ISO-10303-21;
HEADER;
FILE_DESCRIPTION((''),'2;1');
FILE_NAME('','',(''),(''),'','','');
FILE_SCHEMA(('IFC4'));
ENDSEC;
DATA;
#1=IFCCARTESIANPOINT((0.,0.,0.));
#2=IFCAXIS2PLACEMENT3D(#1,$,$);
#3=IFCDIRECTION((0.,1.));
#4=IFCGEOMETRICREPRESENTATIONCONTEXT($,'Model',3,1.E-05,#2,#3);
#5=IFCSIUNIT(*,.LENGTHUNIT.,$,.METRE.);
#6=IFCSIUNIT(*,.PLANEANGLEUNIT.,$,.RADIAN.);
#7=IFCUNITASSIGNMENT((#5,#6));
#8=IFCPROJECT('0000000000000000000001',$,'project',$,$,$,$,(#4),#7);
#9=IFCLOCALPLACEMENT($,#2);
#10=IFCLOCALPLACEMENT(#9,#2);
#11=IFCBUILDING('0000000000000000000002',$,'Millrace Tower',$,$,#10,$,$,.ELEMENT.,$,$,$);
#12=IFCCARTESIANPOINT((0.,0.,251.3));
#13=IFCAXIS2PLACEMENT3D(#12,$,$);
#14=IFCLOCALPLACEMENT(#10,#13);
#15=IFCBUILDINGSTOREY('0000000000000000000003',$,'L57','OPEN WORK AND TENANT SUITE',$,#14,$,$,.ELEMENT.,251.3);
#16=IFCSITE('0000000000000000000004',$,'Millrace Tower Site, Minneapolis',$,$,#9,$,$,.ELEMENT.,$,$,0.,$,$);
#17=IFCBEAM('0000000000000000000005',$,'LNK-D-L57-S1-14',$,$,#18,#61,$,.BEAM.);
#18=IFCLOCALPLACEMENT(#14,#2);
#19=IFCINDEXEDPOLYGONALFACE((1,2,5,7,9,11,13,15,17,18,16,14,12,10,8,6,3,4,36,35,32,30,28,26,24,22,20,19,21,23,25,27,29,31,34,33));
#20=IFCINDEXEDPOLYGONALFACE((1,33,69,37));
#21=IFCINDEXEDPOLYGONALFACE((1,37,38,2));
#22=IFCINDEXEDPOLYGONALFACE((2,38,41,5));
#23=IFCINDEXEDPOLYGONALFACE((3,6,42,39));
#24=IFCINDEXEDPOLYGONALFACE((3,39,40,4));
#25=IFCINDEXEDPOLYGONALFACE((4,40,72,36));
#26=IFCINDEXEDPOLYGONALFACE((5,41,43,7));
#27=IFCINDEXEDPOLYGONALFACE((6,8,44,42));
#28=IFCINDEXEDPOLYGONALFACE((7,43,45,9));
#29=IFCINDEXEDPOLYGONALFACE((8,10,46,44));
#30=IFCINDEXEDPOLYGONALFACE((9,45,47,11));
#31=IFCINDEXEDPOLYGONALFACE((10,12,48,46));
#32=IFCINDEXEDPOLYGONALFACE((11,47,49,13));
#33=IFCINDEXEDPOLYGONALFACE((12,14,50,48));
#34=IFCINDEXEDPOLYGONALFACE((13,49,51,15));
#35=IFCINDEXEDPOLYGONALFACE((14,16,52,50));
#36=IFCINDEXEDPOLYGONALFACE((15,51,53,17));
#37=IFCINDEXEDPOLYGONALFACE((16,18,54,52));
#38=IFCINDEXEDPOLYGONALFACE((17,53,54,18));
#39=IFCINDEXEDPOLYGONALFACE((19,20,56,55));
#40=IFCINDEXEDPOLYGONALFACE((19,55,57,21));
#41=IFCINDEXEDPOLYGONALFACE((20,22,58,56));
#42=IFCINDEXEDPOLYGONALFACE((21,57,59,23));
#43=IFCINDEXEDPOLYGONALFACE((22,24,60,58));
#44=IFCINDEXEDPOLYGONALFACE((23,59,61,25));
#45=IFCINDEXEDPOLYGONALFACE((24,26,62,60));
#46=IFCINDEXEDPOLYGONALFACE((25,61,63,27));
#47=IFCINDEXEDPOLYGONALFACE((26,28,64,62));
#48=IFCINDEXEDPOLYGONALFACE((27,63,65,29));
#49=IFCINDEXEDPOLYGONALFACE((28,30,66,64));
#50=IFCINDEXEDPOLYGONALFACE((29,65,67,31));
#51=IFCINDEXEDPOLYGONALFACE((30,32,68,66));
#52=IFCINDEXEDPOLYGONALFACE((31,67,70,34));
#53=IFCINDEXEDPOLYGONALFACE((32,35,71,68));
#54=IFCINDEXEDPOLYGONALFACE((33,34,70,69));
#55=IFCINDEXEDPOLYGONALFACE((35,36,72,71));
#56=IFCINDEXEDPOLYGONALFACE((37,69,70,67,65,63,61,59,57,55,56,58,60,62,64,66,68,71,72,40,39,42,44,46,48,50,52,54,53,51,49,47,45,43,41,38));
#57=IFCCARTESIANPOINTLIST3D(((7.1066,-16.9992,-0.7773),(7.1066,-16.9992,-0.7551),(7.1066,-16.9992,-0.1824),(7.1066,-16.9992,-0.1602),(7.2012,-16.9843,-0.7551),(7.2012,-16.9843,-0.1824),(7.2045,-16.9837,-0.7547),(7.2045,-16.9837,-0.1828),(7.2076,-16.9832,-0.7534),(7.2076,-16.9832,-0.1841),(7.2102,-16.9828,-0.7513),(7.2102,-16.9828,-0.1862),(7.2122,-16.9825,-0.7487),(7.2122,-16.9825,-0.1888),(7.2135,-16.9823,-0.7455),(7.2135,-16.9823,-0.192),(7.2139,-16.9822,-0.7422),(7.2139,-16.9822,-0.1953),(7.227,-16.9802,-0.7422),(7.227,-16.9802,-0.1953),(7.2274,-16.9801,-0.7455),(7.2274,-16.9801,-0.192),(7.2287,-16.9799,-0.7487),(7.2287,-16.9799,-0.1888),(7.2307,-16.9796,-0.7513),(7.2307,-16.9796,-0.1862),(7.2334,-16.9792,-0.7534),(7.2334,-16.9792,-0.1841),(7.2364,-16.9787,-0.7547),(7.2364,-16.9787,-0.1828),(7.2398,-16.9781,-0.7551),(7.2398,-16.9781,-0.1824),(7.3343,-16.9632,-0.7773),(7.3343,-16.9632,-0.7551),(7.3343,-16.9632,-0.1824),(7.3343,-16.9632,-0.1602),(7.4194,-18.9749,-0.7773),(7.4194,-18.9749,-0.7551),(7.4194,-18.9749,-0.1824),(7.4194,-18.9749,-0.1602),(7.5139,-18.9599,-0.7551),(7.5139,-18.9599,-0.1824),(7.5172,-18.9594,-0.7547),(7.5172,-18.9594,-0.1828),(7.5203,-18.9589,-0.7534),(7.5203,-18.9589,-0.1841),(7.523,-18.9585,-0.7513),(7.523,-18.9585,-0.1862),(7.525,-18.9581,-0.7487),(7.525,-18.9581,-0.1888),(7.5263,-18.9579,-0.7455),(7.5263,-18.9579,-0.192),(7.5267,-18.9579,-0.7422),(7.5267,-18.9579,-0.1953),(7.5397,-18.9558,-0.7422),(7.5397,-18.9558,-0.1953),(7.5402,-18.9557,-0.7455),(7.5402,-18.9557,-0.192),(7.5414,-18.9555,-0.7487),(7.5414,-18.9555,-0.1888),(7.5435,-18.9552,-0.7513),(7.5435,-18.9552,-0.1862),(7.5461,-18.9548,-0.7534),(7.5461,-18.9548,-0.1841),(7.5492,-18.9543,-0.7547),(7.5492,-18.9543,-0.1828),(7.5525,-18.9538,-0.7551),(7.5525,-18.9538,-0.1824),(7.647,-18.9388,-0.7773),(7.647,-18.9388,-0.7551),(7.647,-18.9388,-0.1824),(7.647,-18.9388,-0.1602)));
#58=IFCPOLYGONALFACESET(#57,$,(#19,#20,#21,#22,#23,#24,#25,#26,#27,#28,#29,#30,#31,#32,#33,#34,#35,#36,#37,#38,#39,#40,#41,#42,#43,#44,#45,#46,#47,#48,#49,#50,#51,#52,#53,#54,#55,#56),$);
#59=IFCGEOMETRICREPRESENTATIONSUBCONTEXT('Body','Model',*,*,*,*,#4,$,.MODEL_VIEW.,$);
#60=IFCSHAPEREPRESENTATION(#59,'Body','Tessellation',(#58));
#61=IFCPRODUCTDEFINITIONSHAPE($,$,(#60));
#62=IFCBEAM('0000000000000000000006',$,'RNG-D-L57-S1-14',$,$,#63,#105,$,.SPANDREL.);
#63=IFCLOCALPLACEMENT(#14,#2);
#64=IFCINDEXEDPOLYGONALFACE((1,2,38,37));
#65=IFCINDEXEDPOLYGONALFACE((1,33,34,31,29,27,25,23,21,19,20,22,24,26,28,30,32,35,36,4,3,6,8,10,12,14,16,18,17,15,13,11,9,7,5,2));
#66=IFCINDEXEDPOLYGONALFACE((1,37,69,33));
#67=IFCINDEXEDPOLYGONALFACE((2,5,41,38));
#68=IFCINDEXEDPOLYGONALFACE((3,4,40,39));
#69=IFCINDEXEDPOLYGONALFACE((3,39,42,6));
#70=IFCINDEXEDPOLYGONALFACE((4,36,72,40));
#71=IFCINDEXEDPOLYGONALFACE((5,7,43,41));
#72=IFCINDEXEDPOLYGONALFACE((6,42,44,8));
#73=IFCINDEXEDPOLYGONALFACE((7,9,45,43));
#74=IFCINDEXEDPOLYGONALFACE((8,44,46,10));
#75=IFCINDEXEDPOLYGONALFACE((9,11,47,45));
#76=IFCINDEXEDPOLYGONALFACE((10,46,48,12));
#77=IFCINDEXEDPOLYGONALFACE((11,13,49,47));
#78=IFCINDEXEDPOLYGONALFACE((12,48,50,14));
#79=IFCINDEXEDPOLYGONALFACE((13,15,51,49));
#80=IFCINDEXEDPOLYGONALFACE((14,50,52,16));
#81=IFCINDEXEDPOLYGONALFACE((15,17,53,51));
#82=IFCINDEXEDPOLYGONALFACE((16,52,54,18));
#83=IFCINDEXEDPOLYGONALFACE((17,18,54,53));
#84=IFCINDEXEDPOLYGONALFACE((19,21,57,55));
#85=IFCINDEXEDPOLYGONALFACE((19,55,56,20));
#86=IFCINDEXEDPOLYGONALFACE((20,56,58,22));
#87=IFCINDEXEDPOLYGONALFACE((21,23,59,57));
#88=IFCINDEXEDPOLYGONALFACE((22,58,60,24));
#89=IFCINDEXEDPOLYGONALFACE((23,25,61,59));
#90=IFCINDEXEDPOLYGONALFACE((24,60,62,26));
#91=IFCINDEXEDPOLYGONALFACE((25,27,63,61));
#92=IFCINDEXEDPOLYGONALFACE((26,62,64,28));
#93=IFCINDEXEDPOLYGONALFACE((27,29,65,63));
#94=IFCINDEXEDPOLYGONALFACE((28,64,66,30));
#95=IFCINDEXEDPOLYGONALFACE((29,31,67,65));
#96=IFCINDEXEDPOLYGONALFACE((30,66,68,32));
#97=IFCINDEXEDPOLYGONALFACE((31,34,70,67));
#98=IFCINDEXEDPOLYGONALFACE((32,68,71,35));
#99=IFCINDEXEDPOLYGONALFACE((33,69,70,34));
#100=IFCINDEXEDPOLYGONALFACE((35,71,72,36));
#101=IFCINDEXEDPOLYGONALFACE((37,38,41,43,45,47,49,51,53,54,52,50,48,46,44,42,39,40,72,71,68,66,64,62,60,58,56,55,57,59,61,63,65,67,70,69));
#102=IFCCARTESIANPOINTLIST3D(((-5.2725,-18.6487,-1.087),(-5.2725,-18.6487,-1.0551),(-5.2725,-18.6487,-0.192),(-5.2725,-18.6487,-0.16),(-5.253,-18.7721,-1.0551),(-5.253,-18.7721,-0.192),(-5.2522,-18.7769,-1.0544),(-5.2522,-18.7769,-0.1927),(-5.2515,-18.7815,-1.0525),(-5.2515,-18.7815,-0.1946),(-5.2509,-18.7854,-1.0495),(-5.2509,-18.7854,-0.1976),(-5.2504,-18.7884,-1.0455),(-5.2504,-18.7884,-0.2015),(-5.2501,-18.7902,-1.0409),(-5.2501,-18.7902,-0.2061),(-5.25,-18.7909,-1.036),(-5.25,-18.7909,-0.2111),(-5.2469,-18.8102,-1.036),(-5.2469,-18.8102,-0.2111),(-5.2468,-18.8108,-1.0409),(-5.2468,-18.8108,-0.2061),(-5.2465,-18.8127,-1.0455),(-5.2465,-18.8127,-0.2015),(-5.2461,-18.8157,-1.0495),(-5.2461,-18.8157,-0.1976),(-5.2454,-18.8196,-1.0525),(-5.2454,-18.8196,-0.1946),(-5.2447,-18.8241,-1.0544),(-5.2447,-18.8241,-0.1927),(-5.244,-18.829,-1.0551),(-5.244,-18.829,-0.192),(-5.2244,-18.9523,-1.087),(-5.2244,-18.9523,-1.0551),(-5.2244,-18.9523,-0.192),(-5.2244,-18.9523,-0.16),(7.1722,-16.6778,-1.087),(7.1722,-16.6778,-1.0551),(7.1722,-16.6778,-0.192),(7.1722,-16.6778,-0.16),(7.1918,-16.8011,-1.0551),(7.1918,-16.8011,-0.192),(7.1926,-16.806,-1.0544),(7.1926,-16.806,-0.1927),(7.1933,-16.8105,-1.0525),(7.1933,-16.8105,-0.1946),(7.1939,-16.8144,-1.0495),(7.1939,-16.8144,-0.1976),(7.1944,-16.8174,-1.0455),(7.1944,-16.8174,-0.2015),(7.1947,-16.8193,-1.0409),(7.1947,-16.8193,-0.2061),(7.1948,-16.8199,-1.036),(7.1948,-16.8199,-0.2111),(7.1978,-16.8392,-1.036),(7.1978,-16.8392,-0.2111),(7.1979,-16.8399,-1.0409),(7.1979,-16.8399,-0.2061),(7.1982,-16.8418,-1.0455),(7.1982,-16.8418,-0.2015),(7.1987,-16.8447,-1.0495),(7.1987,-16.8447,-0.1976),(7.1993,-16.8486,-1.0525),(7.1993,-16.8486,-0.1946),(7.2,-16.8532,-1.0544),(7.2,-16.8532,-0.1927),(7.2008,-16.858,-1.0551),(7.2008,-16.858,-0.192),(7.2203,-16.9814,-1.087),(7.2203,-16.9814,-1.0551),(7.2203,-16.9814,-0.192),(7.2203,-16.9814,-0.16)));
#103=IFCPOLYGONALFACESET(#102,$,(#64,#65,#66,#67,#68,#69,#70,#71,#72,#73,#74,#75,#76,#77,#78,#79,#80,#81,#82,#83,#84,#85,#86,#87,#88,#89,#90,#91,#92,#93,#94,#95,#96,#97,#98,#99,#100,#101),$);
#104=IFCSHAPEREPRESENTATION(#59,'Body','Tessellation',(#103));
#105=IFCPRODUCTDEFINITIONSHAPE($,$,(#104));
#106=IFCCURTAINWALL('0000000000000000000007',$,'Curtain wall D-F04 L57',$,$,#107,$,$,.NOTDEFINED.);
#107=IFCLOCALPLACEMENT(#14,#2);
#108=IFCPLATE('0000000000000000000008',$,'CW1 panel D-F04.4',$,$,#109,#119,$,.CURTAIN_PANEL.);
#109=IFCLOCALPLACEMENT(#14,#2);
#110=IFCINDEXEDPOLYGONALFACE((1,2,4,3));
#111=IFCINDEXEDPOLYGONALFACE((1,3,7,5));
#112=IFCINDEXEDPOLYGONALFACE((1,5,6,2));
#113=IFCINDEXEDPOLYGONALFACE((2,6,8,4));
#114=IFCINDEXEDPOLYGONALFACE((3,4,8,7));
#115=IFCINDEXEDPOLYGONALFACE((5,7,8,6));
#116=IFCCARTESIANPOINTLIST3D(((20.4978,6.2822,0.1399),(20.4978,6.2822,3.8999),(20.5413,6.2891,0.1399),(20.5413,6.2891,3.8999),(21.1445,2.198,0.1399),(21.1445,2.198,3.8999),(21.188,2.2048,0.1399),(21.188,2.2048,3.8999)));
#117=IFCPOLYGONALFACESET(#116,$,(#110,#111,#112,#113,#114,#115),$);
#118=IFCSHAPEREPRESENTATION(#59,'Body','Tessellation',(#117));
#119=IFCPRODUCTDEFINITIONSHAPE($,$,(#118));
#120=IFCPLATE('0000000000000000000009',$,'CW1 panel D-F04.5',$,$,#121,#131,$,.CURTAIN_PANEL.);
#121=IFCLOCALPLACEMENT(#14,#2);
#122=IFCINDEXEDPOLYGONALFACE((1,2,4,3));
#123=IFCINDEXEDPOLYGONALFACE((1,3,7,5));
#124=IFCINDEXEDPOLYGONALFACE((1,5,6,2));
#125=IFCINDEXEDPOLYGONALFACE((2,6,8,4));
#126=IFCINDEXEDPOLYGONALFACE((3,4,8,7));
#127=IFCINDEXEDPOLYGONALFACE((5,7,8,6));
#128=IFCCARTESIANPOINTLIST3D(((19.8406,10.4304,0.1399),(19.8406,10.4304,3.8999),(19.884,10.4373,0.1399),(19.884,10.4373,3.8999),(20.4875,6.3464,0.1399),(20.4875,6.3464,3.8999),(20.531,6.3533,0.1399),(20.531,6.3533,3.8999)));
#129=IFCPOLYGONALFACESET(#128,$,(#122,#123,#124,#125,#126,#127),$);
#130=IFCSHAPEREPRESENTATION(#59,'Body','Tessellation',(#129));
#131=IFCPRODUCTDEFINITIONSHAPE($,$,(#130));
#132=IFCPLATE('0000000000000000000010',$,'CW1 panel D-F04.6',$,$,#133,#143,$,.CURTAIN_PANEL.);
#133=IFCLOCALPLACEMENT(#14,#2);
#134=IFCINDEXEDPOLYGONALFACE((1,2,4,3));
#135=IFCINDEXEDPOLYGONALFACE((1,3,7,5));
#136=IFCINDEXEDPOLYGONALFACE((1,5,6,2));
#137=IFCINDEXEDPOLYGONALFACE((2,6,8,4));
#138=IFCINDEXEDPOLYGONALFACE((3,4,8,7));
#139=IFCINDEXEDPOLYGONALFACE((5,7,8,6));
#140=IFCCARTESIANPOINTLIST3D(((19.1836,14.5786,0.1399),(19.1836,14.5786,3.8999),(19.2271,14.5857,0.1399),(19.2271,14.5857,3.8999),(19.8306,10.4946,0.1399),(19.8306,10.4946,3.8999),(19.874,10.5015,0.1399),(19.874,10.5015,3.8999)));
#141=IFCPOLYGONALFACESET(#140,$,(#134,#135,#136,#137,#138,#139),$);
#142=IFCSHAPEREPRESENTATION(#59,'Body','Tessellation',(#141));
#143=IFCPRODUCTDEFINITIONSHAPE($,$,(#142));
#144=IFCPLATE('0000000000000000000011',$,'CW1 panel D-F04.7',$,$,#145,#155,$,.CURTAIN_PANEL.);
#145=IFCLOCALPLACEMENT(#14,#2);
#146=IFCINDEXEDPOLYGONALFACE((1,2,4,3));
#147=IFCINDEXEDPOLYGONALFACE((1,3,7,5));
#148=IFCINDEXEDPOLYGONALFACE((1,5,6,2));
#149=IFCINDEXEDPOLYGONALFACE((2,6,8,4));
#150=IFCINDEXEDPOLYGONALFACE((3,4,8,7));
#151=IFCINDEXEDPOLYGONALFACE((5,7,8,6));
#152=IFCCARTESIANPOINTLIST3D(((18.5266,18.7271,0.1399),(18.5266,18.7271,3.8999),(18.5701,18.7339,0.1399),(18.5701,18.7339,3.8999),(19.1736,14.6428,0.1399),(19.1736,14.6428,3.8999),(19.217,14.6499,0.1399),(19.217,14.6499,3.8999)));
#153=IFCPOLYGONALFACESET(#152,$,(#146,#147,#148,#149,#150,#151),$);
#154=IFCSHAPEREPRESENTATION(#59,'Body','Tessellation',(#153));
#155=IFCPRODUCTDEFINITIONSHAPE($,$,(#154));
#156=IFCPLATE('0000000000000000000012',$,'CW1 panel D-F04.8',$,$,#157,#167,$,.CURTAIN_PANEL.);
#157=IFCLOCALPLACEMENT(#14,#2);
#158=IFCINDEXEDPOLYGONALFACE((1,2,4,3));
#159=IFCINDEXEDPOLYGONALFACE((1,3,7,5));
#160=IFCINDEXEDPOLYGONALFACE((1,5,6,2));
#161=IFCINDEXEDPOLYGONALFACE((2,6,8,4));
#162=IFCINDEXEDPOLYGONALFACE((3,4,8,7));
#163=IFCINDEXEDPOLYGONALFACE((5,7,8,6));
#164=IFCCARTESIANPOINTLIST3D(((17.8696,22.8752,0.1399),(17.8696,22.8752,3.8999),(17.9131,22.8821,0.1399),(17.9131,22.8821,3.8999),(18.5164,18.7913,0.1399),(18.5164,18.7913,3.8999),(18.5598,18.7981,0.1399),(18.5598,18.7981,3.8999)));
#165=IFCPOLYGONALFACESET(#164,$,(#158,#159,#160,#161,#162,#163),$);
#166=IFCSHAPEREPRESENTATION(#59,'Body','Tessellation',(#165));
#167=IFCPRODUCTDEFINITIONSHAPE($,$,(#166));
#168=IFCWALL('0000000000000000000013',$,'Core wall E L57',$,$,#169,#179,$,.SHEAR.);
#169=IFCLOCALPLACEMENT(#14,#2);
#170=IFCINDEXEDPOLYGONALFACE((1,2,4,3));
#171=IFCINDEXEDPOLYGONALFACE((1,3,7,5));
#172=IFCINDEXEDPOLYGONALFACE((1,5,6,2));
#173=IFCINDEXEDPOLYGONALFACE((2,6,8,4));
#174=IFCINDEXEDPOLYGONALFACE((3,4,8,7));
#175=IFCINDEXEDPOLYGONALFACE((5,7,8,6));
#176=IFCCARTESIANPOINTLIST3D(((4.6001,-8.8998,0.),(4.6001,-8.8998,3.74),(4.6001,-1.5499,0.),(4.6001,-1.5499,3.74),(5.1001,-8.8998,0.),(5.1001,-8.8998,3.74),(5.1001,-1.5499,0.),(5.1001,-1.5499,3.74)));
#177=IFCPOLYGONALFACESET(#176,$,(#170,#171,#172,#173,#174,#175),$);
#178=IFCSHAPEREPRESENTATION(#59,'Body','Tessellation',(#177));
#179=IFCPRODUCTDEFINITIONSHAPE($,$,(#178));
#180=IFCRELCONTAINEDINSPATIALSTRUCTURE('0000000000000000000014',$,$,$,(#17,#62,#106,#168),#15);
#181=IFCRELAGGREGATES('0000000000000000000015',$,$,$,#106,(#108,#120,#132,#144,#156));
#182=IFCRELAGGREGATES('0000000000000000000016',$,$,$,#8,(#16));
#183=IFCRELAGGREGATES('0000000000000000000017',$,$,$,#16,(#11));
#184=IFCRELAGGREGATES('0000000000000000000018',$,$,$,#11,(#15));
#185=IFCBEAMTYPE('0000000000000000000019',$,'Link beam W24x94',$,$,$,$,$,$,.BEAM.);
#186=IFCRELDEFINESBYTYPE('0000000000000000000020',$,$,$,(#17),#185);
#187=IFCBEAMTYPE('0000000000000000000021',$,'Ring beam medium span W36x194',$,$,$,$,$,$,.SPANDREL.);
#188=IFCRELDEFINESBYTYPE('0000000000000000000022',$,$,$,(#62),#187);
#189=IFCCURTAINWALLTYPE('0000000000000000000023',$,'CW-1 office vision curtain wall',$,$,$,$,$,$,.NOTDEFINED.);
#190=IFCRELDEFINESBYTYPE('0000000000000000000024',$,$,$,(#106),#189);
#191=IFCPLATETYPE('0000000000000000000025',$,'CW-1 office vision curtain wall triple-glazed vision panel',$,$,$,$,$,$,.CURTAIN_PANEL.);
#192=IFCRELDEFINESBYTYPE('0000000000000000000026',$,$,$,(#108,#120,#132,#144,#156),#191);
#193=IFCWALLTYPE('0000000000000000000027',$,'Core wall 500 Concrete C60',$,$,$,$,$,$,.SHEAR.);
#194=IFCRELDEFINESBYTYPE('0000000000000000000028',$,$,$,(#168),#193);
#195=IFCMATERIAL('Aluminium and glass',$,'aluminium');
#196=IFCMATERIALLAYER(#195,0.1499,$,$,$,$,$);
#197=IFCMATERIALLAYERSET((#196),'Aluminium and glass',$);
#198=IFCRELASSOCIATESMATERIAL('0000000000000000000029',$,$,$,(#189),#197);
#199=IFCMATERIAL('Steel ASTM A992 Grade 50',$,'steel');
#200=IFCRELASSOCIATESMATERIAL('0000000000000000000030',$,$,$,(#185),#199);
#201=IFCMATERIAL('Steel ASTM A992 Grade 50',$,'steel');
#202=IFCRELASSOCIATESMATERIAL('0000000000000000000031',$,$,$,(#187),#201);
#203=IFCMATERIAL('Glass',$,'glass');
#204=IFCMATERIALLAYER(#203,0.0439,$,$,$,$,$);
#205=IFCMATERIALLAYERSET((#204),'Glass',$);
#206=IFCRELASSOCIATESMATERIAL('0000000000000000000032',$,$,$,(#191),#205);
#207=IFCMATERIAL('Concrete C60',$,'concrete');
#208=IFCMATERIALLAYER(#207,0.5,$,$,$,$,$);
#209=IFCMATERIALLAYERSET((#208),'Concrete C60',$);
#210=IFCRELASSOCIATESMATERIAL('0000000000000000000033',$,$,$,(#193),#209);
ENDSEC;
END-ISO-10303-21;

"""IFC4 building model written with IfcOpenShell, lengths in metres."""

from ifc_helpers import new_model, si_unit, direction, frame, frame_2d, origin, origin_2d, place, context, subcontext, project, spatial, polyline, rectangle, i_section, outline, extrude, material, layer, layer_set, material_profile, profile_set, type_object, element, aggregate, save


model = new_model("IFC4")

# Units and contexts
model_context = context("Model", 3, precision=1e-05, world=origin(), true_north=direction((0.0, 1.0)))
body_context = subcontext(model_context, "Body", "Model", "MODEL_VIEW")
ifc_project = project(units=[si_unit("LENGTHUNIT", "METRE"), si_unit("PLANEANGLEUNIT", "RADIAN")], contexts=[model_context])

# Site, building, storey
site_placement = place(None, origin())
site = spatial("IfcSite", under=ifc_project, at=site_placement, Name="Millrace Tower Site, Minneapolis", CompositionType="ELEMENT", RefElevation=0.0)
building_placement = place(site_placement, origin())
building = spatial("IfcBuilding", under=site, at=building_placement, Name="Millrace Tower", CompositionType="ELEMENT")
storey_placement = place(building_placement, frame((0.0, 0.0, 251.3)))
storey = spatial("IfcBuildingStorey", under=building, at=storey_placement, Name="L57", Description="OPEN WORK AND TENANT SUITE", CompositionType="ELEMENT", Elevation=251.3)

# Shared definitions
ifc_material_1 = material(Name="Aluminium and glass", Category="aluminium")
ifc_layer_1 = layer(ifc_material_1, 0.1499)
ifc_layer_set_1 = layer_set([ifc_layer_1], Name="Aluminium and glass")
curtain_wall_type = type_object("IfcCurtainWallType", Name="CW-1 office vision curtain wall", PredefinedType="NOTDEFINED", material=ifc_layer_set_1)
placement_1 = place(storey_placement, origin())

# Beams
ifc_material_2 = material(Name="Steel ASTM A992 Grade 50", Category="steel")
ifc_material_profile_1 = material_profile(ifc_material_2, i_section(OverallWidth=0.2305, OverallDepth=0.6172, WebThickness=0.0132, FlangeThickness=0.0222, FilletRadius=0.0129, at=origin_2d()))
ifc_profile_set_1 = profile_set([ifc_material_profile_1], Name="Steel ASTM A992 Grade 50")
beam_type_1 = type_object("IfcBeamType", Name="Link beam W24x94", PredefinedType="BEAM", material=ifc_profile_set_1)
beam_1_placement = place(storey_placement, frame((7.2205, -16.9812, -0.4688), z_axis=(0.156357, -0.987701, 0.0), x_axis=(0.987701, 0.156357, 0.0)))
element("IfcBeam", 1, at=beam_1_placement, inside=storey, type_object=beam_type_1, Name="LNK-D-L57-S1-14", PredefinedType="BEAM", context=body_context, shape_type="SweptSolid", body=[
    extrude(i_section(OverallWidth=0.2305, OverallDepth=0.6172, WebThickness=0.0132, FlangeThickness=0.0222, FilletRadius=0.0129, at=origin_2d()), origin(), (0.0, 0.0, 1.0), 2.0002),
])
ifc_material_3 = material(Name="Steel ASTM A992 Grade 50", Category="steel")
ifc_material_profile_2 = material_profile(ifc_material_3, i_section(OverallWidth=0.3074, OverallDepth=0.927, WebThickness=0.0195, FlangeThickness=0.032, FilletRadius=0.019, at=origin_2d()))
ifc_profile_set_2 = profile_set([ifc_material_profile_2], Name="Steel ASTM A992 Grade 50")
beam_type_2 = type_object("IfcBeamType", Name="Ring beam medium span W36x194", PredefinedType="SPANDREL", material=ifc_profile_set_2)
beam_2_placement = place(storey_placement, frame((7.1963, -16.8296, -0.6235), z_axis=(-0.98769, -0.156425, 0.0), x_axis=(0.156425, -0.98769, 0.0)))
element("IfcBeam", 2, at=beam_2_placement, inside=storey, type_object=beam_type_2, Name="RNG-D-L57-S1-14", PredefinedType="SPANDREL", context=body_context, shape_type="SweptSolid", body=[
    extrude(i_section(OverallWidth=0.3074, OverallDepth=0.927, WebThickness=0.0195, FlangeThickness=0.032, FilletRadius=0.019, at=origin_2d()), origin(), (0.0, 0.0, 1.0), 12.5999),
])

# Curtain wall, plates
curtain_wall_1 = element("IfcCurtainWall", 3, at=placement_1, inside=storey, type_object=curtain_wall_type, Name="Curtain wall D-F04 L57", PredefinedType="NOTDEFINED")
ifc_material_4 = material(Name="Glass", Category="glass")
ifc_layer_2 = layer(ifc_material_4, 0.0439)
ifc_layer_set_2 = layer_set([ifc_layer_2], Name="Glass")
plate_type = type_object("IfcPlateType", Name="CW-1 office vision curtain wall triple-glazed vision panel", PredefinedType="CURTAIN_PANEL", material=ifc_layer_set_2)
placement_2 = place(storey_placement, frame((0.0, 0.0, 0.1399)))
plate_1 = element("IfcPlate", 4, at=placement_2, type_object=plate_type, Name="CW1 panel D-F04.4", PredefinedType="CURTAIN_PANEL", context=body_context, shape_type="SweptSolid", body=[
    extrude(outline(polyline([(21.188, 2.2048), (20.5413, 6.2891), (20.4978, 6.2822), (21.1445, 2.198), (21.188, 2.2048)])), origin(), (0.0, 0.0, 1.0), 3.76),
])
plate_2 = element("IfcPlate", 5, at=placement_2, type_object=plate_type, Name="CW1 panel D-F04.5", PredefinedType="CURTAIN_PANEL", context=body_context, shape_type="SweptSolid", body=[
    extrude(outline(polyline([(20.531, 6.3533), (19.884, 10.4373), (19.8406, 10.4304), (20.4875, 6.3464), (20.531, 6.3533)])), origin(), (0.0, 0.0, 1.0), 3.76),
])
plate_3 = element("IfcPlate", 6, at=placement_2, type_object=plate_type, Name="CW1 panel D-F04.6", PredefinedType="CURTAIN_PANEL", context=body_context, shape_type="SweptSolid", body=[
    extrude(outline(polyline([(19.874, 10.5015), (19.2271, 14.5857), (19.1836, 14.5786), (19.8306, 10.4946), (19.874, 10.5015)])), origin(), (0.0, 0.0, 1.0), 3.76),
])
plate_4 = element("IfcPlate", 7, at=placement_2, type_object=plate_type, Name="CW1 panel D-F04.7", PredefinedType="CURTAIN_PANEL", context=body_context, shape_type="SweptSolid", body=[
    extrude(outline(polyline([(19.217, 14.6499), (18.5701, 18.7339), (18.5266, 18.7271), (19.1736, 14.6428), (19.217, 14.6499)])), origin(), (0.0, 0.0, 1.0), 3.76),
])
plate_5 = element("IfcPlate", 8, at=placement_2, type_object=plate_type, Name="CW1 panel D-F04.8", PredefinedType="CURTAIN_PANEL", context=body_context, shape_type="SweptSolid", body=[
    extrude(outline(polyline([(18.5598, 18.7981), (17.9131, 22.8821), (17.8696, 22.8752), (18.5164, 18.7913), (18.5598, 18.7981)])), origin(), (0.0, 0.0, 1.0), 3.76),
])
aggregate(curtain_wall_1, [plate_1, plate_2, plate_3, plate_4, plate_5])

# Wall
ifc_material_5 = material(Name="Concrete C60", Category="concrete")
ifc_layer_3 = layer(ifc_material_5, 0.5)
ifc_layer_set_3 = layer_set([ifc_layer_3], Name="Concrete C60")
wall_type_1 = type_object("IfcWallType", Name="Core wall 500 Concrete C60", PredefinedType="SHEAR", material=ifc_layer_set_3)
wall_1_placement = place(storey_placement, frame((4.8501, -1.55, 0.0), z_axis=(0.0, 0.0, 1.0), x_axis=(0.0, -1.0, 0.0)))
element("IfcWall", 9, at=wall_1_placement, inside=storey, type_object=wall_type_1, Name="Core wall E L57", PredefinedType="SHEAR", context=body_context, shape_type="SweptSolid", body=[
    extrude(rectangle(XDim=7.3499, YDim=0.5, at=frame_2d((3.6748, 0.0))), origin(), (0.0, 0.0, 1.0), 3.74),
])

save(model, "model.ifc")
